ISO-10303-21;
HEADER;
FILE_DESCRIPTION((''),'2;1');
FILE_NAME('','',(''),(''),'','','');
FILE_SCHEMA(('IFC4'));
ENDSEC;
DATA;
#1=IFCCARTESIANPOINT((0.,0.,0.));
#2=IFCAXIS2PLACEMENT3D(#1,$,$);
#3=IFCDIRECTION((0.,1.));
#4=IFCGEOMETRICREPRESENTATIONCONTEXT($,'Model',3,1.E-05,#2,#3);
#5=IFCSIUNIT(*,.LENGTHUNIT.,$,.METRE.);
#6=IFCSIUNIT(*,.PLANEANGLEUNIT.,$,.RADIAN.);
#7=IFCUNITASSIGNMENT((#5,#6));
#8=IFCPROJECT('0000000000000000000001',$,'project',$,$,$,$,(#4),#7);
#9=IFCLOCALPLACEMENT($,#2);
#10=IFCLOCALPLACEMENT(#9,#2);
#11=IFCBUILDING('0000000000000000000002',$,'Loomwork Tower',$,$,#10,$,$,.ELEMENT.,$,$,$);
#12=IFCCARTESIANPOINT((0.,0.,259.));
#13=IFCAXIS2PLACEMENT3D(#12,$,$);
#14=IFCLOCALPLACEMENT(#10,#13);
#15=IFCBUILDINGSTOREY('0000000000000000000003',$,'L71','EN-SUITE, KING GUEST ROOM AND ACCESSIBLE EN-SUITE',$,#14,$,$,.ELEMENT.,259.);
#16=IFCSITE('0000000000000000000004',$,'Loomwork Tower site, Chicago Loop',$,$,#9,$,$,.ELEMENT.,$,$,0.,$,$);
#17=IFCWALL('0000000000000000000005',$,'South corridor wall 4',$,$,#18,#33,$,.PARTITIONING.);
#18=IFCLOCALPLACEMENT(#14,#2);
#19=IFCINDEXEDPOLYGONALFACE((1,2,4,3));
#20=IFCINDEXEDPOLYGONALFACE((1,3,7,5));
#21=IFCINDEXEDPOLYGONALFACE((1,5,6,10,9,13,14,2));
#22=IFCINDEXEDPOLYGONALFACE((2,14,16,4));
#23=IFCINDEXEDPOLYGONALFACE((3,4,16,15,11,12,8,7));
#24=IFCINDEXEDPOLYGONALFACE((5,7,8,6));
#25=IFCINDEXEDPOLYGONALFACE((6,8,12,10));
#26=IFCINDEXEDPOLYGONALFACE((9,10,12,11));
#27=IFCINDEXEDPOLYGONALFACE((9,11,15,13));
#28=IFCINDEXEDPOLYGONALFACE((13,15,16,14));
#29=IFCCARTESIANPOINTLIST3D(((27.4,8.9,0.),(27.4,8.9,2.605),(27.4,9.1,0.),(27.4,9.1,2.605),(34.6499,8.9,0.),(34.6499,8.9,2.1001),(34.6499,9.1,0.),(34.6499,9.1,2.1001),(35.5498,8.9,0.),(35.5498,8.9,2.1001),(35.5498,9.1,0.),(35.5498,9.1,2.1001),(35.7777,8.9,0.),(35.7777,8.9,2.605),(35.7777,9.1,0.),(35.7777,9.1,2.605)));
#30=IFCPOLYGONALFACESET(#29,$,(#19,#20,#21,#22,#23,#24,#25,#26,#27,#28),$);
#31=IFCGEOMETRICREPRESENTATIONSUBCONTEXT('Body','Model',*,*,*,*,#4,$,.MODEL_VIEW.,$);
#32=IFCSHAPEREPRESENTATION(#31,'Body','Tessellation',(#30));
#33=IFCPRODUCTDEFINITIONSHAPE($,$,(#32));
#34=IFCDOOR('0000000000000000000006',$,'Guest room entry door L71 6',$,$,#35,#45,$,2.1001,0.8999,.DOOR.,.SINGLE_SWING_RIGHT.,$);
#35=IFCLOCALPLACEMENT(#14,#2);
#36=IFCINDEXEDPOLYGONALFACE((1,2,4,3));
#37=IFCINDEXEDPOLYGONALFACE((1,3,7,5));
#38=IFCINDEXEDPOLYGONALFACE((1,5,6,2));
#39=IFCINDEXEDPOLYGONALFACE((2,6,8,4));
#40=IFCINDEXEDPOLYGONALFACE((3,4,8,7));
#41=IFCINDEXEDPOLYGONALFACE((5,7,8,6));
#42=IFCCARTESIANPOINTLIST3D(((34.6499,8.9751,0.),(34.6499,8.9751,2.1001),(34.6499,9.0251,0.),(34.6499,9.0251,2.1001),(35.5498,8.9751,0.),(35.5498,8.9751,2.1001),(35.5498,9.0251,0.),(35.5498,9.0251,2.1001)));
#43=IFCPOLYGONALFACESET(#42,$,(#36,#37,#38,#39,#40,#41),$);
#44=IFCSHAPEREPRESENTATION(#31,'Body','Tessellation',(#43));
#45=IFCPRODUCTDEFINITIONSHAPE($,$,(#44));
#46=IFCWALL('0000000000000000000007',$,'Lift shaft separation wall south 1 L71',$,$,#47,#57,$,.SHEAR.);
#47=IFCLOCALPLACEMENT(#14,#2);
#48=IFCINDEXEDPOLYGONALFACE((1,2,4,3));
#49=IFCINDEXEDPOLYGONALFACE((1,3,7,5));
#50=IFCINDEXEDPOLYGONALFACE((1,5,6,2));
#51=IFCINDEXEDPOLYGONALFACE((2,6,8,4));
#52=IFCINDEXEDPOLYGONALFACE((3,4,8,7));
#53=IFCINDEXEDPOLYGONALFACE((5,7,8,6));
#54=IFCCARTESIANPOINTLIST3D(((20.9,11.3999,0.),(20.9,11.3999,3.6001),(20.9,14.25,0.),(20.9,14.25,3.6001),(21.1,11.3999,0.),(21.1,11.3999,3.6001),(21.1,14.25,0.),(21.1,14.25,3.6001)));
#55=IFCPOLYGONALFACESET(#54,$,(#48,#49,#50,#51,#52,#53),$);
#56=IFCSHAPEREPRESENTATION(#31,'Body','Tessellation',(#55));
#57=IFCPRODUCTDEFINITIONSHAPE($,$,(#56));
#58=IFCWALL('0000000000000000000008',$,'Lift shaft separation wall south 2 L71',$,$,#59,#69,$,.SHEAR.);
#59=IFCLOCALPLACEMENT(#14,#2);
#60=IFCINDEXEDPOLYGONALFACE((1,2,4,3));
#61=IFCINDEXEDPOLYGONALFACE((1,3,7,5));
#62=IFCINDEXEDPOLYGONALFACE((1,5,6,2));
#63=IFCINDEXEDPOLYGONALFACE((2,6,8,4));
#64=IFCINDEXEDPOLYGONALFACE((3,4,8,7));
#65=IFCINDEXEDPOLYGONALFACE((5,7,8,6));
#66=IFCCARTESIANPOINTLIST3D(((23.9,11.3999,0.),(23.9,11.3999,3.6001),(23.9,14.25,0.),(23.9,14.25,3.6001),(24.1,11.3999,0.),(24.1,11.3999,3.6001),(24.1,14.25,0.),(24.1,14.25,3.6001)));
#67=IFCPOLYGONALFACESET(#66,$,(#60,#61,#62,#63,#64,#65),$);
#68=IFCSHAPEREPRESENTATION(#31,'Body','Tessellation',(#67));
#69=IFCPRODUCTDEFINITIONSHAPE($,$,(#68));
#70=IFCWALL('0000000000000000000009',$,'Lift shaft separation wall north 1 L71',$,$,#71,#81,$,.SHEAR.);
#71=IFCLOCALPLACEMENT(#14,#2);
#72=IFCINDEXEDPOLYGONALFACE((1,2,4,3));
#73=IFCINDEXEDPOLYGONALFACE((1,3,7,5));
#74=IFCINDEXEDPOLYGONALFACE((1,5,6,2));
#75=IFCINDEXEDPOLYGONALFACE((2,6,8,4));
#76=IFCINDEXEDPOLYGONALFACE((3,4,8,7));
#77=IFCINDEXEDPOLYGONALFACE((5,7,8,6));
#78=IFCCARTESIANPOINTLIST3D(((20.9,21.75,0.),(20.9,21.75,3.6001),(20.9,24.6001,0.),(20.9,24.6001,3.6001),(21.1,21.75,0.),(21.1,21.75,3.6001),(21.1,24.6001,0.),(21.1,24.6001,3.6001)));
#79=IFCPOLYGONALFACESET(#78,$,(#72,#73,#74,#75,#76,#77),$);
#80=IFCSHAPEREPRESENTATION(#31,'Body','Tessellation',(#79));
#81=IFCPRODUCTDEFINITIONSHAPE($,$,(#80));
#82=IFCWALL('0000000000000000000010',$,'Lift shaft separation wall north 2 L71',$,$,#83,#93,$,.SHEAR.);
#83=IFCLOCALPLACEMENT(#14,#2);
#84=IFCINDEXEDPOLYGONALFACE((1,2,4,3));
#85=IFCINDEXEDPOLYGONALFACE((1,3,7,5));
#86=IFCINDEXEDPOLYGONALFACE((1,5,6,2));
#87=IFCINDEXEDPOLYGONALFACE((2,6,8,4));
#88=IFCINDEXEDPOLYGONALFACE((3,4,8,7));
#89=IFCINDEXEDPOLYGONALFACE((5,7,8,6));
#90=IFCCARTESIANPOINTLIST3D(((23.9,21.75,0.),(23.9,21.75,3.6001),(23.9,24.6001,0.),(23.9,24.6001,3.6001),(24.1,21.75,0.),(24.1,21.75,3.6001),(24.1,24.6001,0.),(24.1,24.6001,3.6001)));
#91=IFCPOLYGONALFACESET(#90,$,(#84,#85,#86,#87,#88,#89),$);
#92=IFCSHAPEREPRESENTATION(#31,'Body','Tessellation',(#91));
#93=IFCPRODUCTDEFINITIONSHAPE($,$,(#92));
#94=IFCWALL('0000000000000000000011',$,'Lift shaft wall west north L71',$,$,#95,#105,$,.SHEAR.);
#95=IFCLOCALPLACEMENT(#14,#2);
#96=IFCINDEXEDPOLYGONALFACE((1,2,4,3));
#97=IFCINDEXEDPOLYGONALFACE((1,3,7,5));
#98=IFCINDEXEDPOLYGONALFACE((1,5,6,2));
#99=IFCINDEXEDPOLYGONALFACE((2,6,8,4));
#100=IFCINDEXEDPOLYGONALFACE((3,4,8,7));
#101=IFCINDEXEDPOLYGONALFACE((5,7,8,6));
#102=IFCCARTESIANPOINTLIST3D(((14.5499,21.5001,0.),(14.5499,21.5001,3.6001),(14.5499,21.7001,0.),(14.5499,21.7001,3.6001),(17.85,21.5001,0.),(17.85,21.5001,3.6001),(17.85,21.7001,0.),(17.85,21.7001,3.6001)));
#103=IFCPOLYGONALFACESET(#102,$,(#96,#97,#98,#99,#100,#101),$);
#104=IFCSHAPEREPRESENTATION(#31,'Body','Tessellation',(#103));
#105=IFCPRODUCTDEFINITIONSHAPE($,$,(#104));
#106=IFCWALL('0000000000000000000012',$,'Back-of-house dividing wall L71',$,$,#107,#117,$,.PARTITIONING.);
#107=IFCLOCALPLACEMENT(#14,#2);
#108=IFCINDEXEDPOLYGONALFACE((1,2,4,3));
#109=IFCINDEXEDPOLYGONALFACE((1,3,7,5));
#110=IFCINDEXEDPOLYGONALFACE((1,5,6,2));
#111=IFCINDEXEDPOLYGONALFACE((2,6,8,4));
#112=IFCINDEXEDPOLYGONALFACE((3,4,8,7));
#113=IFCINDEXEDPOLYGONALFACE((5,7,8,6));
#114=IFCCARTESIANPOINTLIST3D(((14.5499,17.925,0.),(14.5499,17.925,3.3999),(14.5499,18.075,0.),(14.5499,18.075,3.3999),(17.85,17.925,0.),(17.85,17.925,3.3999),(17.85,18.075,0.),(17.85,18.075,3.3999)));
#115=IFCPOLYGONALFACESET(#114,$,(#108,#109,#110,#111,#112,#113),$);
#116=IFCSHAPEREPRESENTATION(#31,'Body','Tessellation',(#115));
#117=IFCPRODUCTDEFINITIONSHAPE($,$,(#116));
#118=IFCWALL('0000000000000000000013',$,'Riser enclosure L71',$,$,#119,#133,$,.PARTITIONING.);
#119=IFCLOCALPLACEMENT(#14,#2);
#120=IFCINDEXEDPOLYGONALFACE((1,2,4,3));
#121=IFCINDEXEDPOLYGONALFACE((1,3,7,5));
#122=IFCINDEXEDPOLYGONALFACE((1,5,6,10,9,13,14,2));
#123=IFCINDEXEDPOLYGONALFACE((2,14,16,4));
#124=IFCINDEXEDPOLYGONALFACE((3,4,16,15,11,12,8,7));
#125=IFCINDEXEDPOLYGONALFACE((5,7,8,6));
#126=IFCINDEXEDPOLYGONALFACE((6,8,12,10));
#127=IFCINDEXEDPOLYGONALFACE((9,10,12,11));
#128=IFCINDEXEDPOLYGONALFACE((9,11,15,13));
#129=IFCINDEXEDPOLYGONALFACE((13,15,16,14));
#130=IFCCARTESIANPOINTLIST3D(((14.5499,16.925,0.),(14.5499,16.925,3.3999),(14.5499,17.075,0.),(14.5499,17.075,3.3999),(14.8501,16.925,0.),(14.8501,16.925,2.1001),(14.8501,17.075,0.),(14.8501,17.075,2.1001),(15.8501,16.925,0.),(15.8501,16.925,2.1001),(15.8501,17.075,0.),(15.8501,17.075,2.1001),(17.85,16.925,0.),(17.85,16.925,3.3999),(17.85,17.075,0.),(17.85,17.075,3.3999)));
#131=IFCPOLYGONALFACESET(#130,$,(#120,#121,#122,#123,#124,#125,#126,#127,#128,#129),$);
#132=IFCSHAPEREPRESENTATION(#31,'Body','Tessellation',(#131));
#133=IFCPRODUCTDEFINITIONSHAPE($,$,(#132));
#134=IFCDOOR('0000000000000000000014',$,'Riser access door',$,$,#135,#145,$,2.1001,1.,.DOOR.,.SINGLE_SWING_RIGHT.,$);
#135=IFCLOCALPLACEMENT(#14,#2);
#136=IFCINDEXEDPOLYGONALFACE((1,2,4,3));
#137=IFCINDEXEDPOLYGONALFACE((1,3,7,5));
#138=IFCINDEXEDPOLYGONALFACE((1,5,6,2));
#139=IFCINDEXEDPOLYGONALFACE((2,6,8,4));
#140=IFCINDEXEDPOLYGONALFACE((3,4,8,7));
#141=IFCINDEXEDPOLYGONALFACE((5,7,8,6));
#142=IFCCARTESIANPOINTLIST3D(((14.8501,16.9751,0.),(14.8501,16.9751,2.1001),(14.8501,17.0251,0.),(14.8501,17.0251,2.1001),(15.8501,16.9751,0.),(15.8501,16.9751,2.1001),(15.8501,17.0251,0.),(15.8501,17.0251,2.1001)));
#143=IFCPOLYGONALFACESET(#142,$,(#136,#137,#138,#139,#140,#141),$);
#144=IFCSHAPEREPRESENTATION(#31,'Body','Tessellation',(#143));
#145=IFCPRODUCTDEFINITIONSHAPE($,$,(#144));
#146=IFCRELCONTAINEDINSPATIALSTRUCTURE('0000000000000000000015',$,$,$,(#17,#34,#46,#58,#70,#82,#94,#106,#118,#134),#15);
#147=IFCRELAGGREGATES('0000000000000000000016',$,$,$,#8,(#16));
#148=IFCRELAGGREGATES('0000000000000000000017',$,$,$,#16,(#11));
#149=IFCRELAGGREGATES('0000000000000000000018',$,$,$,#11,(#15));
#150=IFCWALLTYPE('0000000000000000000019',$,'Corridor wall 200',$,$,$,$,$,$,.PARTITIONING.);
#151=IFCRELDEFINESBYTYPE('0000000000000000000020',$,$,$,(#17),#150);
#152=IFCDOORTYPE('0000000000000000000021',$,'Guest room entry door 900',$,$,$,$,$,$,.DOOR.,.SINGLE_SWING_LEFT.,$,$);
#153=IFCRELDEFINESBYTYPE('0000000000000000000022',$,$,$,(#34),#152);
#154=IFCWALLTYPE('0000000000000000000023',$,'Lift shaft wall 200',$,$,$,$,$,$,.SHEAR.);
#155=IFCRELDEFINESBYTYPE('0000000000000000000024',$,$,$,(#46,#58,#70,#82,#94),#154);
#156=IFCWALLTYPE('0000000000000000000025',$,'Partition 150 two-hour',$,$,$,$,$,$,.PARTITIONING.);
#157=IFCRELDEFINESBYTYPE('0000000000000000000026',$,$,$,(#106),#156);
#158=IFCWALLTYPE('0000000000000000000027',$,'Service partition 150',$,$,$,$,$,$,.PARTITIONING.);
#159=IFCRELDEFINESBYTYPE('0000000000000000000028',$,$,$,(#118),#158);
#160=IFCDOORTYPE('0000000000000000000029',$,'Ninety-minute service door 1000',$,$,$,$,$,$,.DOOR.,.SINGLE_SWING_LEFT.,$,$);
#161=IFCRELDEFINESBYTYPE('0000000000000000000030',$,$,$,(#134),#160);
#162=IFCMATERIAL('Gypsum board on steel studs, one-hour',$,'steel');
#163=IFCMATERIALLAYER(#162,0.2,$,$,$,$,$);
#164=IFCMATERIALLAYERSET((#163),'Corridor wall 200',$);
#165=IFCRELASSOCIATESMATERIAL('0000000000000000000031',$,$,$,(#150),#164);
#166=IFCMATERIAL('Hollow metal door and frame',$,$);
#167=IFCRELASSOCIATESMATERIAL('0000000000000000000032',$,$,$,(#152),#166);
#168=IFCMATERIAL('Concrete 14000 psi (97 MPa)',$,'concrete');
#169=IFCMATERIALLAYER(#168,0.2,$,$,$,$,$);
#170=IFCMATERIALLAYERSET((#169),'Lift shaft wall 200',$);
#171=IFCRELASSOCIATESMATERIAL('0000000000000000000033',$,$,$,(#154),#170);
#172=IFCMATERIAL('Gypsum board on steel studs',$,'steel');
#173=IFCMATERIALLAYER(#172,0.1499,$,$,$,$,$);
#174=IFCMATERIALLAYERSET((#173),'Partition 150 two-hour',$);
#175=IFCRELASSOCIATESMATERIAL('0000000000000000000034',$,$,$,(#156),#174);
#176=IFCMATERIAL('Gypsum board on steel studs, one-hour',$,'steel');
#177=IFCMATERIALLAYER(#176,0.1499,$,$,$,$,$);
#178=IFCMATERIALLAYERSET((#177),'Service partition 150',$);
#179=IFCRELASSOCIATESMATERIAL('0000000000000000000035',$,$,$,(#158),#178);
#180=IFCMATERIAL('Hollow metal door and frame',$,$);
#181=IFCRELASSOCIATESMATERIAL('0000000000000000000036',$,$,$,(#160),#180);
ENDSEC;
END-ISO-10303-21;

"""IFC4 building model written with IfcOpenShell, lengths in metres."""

from ifc_helpers import new_model, si_unit, direction, frame, frame_2d, origin, place, context, subcontext, project, spatial, rectangle, extrude, material, layer, layer_set, type_object, element, fill, save


model = new_model("IFC4")

# Units and contexts
model_context = context("Model", 3, precision=1e-05, world=origin(), true_north=direction((0.0, 1.0)))
body_context = subcontext(model_context, "Body", "Model", "MODEL_VIEW")
ifc_project = project(units=[si_unit("LENGTHUNIT", "METRE"), si_unit("PLANEANGLEUNIT", "RADIAN")], contexts=[model_context])

# Site, building, storey
site_placement = place(None, origin())
site = spatial("IfcSite", under=ifc_project, at=site_placement, Name="Loomwork Tower site, Chicago Loop", CompositionType="ELEMENT", RefElevation=0.0)
building_placement = place(site_placement, origin())
building = spatial("IfcBuilding", under=site, at=building_placement, Name="Loomwork Tower", CompositionType="ELEMENT")
storey_placement = place(building_placement, frame((0.0, 0.0, 259.0)))
storey = spatial("IfcBuildingStorey", under=building, at=storey_placement, Name="L71", Description="EN-SUITE, KING GUEST ROOM AND ACCESSIBLE EN-SUITE", CompositionType="ELEMENT", Elevation=259.0)

# Wall, opening, door
ifc_material_1 = material(Name="Gypsum board on steel studs, one-hour", Category="steel")
ifc_layer_1 = layer(ifc_material_1, 0.2)
ifc_layer_set_1 = layer_set([ifc_layer_1], Name="Corridor wall 200")
wall_type_1 = type_object("IfcWallType", Name="Corridor wall 200", PredefinedType="PARTITIONING", material=ifc_layer_set_1)
wall_1_placement = place(storey_placement, frame((27.3999, 9.0, 0.0), z_axis=(0.0, 0.0, 1.0), x_axis=(1.0, 0.0, 0.0)))
wall_1 = element("IfcWall", 1, at=wall_1_placement, inside=storey, type_object=wall_type_1, Name="South corridor wall 4", PredefinedType="PARTITIONING", context=body_context, shape_type="SweptSolid", body=[
    extrude(rectangle(XDim=8.3777, YDim=0.2, at=frame_2d((4.189, 0.0))), origin(), (0.0, 0.0, 1.0), 2.605),
])
opening_1_placement = place(wall_1_placement, frame((7.25, 0.0, 0.0)))
opening_1 = element("IfcOpeningElement", 2, at=opening_1_placement, cuts=wall_1, PredefinedType="OPENING", context=body_context, shape_type="SweptSolid", body=[
    extrude(rectangle(XDim=0.8999, YDim=2.1001, at=frame_2d((0.45, 1.05))), frame((0.0, 0.1099, 0.0), z_axis=(0.0, -1.0, 0.0), x_axis=(1.0, 0.0, 0.0)), (0.0, 0.0, 1.0), 0.22),
])
ifc_material_2 = material(Name="Hollow metal door and frame")
door_type_1 = type_object("IfcDoorType", Name="Guest room entry door 900", OperationType="SINGLE_SWING_LEFT", PredefinedType="DOOR", material=ifc_material_2)
door_1_placement = place(opening_1_placement, frame((0.8999, 0.0, 0.0), z_axis=(0.0, 0.0, 1.0), x_axis=(-1.0, 0.0, 0.0)))
door_1 = element("IfcDoor", 3, at=door_1_placement, inside=storey, type_object=door_type_1, Name="Guest room entry door L71 6", OperationType="SINGLE_SWING_RIGHT", OverallHeight=2.1001, OverallWidth=0.8999, PredefinedType="DOOR", context=body_context, shape_type="SweptSolid", body=[
    extrude(rectangle(XDim=0.8999, YDim=2.1001, at=frame_2d((0.45, 1.05))), frame((0.0, 0.0249, 0.0), z_axis=(0.0, -1.0, 0.0), x_axis=(1.0, 0.0, 0.0)), (0.0, 0.0, 1.0), 0.05),
])
fill(opening_1, door_1)

# Walls
ifc_material_3 = material(Name="Concrete 14000 psi (97 MPa)", Category="concrete")
ifc_layer_2 = layer(ifc_material_3, 0.2)
ifc_layer_set_2 = layer_set([ifc_layer_2], Name="Lift shaft wall 200")
wall_type_2 = type_object("IfcWallType", Name="Lift shaft wall 200", PredefinedType="SHEAR", material=ifc_layer_set_2)
for number, where, z_axis, x_axis, name in (
    (4, (21.0, 11.3999, 0.0), (0.0, 0.0, 1.0), (0.0, 1.0, 0.0), "Lift shaft separation wall south 1 L71"),
    (5, (24.0, 11.3999, 0.0), (0.0, 0.0, 1.0), (0.0, 1.0, 0.0), "Lift shaft separation wall south 2 L71"),
    (6, (21.0, 21.75, 0.0), (0.0, 0.0, 1.0), (0.0, 1.0, 0.0), "Lift shaft separation wall north 1 L71"),
    (7, (24.0, 21.75, 0.0), (0.0, 0.0, 1.0), (0.0, 1.0, 0.0), "Lift shaft separation wall north 2 L71"),
):
    element("IfcWall", number, at=place(storey_placement, frame(where, z_axis=z_axis, x_axis=x_axis)), inside=storey, type_object=wall_type_2, Name=name, PredefinedType="SHEAR", context=body_context, shape_type="SweptSolid", body=[
        extrude(rectangle(XDim=2.8501, YDim=0.2, at=frame_2d((1.425, 0.0))), origin(), (0.0, 0.0, 1.0), 3.6001),
    ])
wall_2_placement = place(storey_placement, frame((14.55, 21.6001, 0.0), z_axis=(0.0, 0.0, 1.0), x_axis=(1.0, 0.0, 0.0)))
element("IfcWall", 8, at=wall_2_placement, inside=storey, type_object=wall_type_2, Name="Lift shaft wall west north L71", PredefinedType="SHEAR", context=body_context, shape_type="SweptSolid", body=[
    extrude(rectangle(XDim=3.3, YDim=0.2, at=frame_2d((1.6499, 0.0))), origin(), (0.0, 0.0, 1.0), 3.6001),
])
ifc_material_4 = material(Name="Gypsum board on steel studs", Category="steel")
ifc_layer_3 = layer(ifc_material_4, 0.1499)
ifc_layer_set_3 = layer_set([ifc_layer_3], Name="Partition 150 two-hour")
wall_type_3 = type_object("IfcWallType", Name="Partition 150 two-hour", PredefinedType="PARTITIONING", material=ifc_layer_set_3)
wall_3_placement = place(storey_placement, frame((14.55, 18.0, 0.0), z_axis=(0.0, 0.0, 1.0), x_axis=(1.0, 0.0, 0.0)))
element("IfcWall", 9, at=wall_3_placement, inside=storey, type_object=wall_type_3, Name="Back-of-house dividing wall L71", PredefinedType="PARTITIONING", context=body_context, shape_type="SweptSolid", body=[
    extrude(rectangle(XDim=3.3, YDim=0.1499, at=frame_2d((1.6499, 0.0))), origin(), (0.0, 0.0, 1.0), 3.3999),
])

# Wall, opening, door
ifc_material_5 = material(Name="Gypsum board on steel studs, one-hour", Category="steel")
ifc_layer_4 = layer(ifc_material_5, 0.1499)
ifc_layer_set_4 = layer_set([ifc_layer_4], Name="Service partition 150")
wall_type_4 = type_object("IfcWallType", Name="Service partition 150", PredefinedType="PARTITIONING", material=ifc_layer_set_4)
wall_4_placement = place(storey_placement, frame((14.55, 17.0, 0.0), z_axis=(0.0, 0.0, 1.0), x_axis=(1.0, 0.0, 0.0)))
wall_4 = element("IfcWall", 10, at=wall_4_placement, inside=storey, type_object=wall_type_4, Name="Riser enclosure L71", PredefinedType="PARTITIONING", context=body_context, shape_type="SweptSolid", body=[
    extrude(rectangle(XDim=3.3, YDim=0.1499, at=frame_2d((1.6499, 0.0))), origin(), (0.0, 0.0, 1.0), 3.3999),
])
opening_2_placement = place(wall_4_placement, frame((0.3, 0.0, 0.0)))
opening_2 = element("IfcOpeningElement", 11, at=opening_2_placement, cuts=wall_4, PredefinedType="OPENING", context=body_context, shape_type="SweptSolid", body=[
    extrude(rectangle(XDim=1.0, YDim=2.1001, at=frame_2d((0.5, 1.05))), frame((0.0, 0.085, 0.0), z_axis=(0.0, -1.0, 0.0), x_axis=(1.0, 0.0, 0.0)), (0.0, 0.0, 1.0), 0.1699),
])
ifc_material_6 = material(Name="Hollow metal door and frame")
door_type_2 = type_object("IfcDoorType", Name="Ninety-minute service door 1000", OperationType="SINGLE_SWING_LEFT", PredefinedType="DOOR", material=ifc_material_6)
door_2_placement = place(opening_2_placement, frame((1.0, 0.0, 0.0), z_axis=(0.0, 0.0, 1.0), x_axis=(-1.0, 0.0, 0.0)))
door_2 = element("IfcDoor", 12, at=door_2_placement, inside=storey, type_object=door_type_2, Name="Riser access door", OperationType="SINGLE_SWING_RIGHT", OverallHeight=2.1001, OverallWidth=1.0, PredefinedType="DOOR", context=body_context, shape_type="SweptSolid", body=[
    extrude(rectangle(XDim=1.0, YDim=2.1001, at=frame_2d((0.5, 1.05))), frame((0.0, 0.0249, 0.0), z_axis=(0.0, -1.0, 0.0), x_axis=(1.0, 0.0, 0.0)), (0.0, 0.0, 1.0), 0.05),
])
fill(opening_2, door_2)

save(model, "model.ifc")
